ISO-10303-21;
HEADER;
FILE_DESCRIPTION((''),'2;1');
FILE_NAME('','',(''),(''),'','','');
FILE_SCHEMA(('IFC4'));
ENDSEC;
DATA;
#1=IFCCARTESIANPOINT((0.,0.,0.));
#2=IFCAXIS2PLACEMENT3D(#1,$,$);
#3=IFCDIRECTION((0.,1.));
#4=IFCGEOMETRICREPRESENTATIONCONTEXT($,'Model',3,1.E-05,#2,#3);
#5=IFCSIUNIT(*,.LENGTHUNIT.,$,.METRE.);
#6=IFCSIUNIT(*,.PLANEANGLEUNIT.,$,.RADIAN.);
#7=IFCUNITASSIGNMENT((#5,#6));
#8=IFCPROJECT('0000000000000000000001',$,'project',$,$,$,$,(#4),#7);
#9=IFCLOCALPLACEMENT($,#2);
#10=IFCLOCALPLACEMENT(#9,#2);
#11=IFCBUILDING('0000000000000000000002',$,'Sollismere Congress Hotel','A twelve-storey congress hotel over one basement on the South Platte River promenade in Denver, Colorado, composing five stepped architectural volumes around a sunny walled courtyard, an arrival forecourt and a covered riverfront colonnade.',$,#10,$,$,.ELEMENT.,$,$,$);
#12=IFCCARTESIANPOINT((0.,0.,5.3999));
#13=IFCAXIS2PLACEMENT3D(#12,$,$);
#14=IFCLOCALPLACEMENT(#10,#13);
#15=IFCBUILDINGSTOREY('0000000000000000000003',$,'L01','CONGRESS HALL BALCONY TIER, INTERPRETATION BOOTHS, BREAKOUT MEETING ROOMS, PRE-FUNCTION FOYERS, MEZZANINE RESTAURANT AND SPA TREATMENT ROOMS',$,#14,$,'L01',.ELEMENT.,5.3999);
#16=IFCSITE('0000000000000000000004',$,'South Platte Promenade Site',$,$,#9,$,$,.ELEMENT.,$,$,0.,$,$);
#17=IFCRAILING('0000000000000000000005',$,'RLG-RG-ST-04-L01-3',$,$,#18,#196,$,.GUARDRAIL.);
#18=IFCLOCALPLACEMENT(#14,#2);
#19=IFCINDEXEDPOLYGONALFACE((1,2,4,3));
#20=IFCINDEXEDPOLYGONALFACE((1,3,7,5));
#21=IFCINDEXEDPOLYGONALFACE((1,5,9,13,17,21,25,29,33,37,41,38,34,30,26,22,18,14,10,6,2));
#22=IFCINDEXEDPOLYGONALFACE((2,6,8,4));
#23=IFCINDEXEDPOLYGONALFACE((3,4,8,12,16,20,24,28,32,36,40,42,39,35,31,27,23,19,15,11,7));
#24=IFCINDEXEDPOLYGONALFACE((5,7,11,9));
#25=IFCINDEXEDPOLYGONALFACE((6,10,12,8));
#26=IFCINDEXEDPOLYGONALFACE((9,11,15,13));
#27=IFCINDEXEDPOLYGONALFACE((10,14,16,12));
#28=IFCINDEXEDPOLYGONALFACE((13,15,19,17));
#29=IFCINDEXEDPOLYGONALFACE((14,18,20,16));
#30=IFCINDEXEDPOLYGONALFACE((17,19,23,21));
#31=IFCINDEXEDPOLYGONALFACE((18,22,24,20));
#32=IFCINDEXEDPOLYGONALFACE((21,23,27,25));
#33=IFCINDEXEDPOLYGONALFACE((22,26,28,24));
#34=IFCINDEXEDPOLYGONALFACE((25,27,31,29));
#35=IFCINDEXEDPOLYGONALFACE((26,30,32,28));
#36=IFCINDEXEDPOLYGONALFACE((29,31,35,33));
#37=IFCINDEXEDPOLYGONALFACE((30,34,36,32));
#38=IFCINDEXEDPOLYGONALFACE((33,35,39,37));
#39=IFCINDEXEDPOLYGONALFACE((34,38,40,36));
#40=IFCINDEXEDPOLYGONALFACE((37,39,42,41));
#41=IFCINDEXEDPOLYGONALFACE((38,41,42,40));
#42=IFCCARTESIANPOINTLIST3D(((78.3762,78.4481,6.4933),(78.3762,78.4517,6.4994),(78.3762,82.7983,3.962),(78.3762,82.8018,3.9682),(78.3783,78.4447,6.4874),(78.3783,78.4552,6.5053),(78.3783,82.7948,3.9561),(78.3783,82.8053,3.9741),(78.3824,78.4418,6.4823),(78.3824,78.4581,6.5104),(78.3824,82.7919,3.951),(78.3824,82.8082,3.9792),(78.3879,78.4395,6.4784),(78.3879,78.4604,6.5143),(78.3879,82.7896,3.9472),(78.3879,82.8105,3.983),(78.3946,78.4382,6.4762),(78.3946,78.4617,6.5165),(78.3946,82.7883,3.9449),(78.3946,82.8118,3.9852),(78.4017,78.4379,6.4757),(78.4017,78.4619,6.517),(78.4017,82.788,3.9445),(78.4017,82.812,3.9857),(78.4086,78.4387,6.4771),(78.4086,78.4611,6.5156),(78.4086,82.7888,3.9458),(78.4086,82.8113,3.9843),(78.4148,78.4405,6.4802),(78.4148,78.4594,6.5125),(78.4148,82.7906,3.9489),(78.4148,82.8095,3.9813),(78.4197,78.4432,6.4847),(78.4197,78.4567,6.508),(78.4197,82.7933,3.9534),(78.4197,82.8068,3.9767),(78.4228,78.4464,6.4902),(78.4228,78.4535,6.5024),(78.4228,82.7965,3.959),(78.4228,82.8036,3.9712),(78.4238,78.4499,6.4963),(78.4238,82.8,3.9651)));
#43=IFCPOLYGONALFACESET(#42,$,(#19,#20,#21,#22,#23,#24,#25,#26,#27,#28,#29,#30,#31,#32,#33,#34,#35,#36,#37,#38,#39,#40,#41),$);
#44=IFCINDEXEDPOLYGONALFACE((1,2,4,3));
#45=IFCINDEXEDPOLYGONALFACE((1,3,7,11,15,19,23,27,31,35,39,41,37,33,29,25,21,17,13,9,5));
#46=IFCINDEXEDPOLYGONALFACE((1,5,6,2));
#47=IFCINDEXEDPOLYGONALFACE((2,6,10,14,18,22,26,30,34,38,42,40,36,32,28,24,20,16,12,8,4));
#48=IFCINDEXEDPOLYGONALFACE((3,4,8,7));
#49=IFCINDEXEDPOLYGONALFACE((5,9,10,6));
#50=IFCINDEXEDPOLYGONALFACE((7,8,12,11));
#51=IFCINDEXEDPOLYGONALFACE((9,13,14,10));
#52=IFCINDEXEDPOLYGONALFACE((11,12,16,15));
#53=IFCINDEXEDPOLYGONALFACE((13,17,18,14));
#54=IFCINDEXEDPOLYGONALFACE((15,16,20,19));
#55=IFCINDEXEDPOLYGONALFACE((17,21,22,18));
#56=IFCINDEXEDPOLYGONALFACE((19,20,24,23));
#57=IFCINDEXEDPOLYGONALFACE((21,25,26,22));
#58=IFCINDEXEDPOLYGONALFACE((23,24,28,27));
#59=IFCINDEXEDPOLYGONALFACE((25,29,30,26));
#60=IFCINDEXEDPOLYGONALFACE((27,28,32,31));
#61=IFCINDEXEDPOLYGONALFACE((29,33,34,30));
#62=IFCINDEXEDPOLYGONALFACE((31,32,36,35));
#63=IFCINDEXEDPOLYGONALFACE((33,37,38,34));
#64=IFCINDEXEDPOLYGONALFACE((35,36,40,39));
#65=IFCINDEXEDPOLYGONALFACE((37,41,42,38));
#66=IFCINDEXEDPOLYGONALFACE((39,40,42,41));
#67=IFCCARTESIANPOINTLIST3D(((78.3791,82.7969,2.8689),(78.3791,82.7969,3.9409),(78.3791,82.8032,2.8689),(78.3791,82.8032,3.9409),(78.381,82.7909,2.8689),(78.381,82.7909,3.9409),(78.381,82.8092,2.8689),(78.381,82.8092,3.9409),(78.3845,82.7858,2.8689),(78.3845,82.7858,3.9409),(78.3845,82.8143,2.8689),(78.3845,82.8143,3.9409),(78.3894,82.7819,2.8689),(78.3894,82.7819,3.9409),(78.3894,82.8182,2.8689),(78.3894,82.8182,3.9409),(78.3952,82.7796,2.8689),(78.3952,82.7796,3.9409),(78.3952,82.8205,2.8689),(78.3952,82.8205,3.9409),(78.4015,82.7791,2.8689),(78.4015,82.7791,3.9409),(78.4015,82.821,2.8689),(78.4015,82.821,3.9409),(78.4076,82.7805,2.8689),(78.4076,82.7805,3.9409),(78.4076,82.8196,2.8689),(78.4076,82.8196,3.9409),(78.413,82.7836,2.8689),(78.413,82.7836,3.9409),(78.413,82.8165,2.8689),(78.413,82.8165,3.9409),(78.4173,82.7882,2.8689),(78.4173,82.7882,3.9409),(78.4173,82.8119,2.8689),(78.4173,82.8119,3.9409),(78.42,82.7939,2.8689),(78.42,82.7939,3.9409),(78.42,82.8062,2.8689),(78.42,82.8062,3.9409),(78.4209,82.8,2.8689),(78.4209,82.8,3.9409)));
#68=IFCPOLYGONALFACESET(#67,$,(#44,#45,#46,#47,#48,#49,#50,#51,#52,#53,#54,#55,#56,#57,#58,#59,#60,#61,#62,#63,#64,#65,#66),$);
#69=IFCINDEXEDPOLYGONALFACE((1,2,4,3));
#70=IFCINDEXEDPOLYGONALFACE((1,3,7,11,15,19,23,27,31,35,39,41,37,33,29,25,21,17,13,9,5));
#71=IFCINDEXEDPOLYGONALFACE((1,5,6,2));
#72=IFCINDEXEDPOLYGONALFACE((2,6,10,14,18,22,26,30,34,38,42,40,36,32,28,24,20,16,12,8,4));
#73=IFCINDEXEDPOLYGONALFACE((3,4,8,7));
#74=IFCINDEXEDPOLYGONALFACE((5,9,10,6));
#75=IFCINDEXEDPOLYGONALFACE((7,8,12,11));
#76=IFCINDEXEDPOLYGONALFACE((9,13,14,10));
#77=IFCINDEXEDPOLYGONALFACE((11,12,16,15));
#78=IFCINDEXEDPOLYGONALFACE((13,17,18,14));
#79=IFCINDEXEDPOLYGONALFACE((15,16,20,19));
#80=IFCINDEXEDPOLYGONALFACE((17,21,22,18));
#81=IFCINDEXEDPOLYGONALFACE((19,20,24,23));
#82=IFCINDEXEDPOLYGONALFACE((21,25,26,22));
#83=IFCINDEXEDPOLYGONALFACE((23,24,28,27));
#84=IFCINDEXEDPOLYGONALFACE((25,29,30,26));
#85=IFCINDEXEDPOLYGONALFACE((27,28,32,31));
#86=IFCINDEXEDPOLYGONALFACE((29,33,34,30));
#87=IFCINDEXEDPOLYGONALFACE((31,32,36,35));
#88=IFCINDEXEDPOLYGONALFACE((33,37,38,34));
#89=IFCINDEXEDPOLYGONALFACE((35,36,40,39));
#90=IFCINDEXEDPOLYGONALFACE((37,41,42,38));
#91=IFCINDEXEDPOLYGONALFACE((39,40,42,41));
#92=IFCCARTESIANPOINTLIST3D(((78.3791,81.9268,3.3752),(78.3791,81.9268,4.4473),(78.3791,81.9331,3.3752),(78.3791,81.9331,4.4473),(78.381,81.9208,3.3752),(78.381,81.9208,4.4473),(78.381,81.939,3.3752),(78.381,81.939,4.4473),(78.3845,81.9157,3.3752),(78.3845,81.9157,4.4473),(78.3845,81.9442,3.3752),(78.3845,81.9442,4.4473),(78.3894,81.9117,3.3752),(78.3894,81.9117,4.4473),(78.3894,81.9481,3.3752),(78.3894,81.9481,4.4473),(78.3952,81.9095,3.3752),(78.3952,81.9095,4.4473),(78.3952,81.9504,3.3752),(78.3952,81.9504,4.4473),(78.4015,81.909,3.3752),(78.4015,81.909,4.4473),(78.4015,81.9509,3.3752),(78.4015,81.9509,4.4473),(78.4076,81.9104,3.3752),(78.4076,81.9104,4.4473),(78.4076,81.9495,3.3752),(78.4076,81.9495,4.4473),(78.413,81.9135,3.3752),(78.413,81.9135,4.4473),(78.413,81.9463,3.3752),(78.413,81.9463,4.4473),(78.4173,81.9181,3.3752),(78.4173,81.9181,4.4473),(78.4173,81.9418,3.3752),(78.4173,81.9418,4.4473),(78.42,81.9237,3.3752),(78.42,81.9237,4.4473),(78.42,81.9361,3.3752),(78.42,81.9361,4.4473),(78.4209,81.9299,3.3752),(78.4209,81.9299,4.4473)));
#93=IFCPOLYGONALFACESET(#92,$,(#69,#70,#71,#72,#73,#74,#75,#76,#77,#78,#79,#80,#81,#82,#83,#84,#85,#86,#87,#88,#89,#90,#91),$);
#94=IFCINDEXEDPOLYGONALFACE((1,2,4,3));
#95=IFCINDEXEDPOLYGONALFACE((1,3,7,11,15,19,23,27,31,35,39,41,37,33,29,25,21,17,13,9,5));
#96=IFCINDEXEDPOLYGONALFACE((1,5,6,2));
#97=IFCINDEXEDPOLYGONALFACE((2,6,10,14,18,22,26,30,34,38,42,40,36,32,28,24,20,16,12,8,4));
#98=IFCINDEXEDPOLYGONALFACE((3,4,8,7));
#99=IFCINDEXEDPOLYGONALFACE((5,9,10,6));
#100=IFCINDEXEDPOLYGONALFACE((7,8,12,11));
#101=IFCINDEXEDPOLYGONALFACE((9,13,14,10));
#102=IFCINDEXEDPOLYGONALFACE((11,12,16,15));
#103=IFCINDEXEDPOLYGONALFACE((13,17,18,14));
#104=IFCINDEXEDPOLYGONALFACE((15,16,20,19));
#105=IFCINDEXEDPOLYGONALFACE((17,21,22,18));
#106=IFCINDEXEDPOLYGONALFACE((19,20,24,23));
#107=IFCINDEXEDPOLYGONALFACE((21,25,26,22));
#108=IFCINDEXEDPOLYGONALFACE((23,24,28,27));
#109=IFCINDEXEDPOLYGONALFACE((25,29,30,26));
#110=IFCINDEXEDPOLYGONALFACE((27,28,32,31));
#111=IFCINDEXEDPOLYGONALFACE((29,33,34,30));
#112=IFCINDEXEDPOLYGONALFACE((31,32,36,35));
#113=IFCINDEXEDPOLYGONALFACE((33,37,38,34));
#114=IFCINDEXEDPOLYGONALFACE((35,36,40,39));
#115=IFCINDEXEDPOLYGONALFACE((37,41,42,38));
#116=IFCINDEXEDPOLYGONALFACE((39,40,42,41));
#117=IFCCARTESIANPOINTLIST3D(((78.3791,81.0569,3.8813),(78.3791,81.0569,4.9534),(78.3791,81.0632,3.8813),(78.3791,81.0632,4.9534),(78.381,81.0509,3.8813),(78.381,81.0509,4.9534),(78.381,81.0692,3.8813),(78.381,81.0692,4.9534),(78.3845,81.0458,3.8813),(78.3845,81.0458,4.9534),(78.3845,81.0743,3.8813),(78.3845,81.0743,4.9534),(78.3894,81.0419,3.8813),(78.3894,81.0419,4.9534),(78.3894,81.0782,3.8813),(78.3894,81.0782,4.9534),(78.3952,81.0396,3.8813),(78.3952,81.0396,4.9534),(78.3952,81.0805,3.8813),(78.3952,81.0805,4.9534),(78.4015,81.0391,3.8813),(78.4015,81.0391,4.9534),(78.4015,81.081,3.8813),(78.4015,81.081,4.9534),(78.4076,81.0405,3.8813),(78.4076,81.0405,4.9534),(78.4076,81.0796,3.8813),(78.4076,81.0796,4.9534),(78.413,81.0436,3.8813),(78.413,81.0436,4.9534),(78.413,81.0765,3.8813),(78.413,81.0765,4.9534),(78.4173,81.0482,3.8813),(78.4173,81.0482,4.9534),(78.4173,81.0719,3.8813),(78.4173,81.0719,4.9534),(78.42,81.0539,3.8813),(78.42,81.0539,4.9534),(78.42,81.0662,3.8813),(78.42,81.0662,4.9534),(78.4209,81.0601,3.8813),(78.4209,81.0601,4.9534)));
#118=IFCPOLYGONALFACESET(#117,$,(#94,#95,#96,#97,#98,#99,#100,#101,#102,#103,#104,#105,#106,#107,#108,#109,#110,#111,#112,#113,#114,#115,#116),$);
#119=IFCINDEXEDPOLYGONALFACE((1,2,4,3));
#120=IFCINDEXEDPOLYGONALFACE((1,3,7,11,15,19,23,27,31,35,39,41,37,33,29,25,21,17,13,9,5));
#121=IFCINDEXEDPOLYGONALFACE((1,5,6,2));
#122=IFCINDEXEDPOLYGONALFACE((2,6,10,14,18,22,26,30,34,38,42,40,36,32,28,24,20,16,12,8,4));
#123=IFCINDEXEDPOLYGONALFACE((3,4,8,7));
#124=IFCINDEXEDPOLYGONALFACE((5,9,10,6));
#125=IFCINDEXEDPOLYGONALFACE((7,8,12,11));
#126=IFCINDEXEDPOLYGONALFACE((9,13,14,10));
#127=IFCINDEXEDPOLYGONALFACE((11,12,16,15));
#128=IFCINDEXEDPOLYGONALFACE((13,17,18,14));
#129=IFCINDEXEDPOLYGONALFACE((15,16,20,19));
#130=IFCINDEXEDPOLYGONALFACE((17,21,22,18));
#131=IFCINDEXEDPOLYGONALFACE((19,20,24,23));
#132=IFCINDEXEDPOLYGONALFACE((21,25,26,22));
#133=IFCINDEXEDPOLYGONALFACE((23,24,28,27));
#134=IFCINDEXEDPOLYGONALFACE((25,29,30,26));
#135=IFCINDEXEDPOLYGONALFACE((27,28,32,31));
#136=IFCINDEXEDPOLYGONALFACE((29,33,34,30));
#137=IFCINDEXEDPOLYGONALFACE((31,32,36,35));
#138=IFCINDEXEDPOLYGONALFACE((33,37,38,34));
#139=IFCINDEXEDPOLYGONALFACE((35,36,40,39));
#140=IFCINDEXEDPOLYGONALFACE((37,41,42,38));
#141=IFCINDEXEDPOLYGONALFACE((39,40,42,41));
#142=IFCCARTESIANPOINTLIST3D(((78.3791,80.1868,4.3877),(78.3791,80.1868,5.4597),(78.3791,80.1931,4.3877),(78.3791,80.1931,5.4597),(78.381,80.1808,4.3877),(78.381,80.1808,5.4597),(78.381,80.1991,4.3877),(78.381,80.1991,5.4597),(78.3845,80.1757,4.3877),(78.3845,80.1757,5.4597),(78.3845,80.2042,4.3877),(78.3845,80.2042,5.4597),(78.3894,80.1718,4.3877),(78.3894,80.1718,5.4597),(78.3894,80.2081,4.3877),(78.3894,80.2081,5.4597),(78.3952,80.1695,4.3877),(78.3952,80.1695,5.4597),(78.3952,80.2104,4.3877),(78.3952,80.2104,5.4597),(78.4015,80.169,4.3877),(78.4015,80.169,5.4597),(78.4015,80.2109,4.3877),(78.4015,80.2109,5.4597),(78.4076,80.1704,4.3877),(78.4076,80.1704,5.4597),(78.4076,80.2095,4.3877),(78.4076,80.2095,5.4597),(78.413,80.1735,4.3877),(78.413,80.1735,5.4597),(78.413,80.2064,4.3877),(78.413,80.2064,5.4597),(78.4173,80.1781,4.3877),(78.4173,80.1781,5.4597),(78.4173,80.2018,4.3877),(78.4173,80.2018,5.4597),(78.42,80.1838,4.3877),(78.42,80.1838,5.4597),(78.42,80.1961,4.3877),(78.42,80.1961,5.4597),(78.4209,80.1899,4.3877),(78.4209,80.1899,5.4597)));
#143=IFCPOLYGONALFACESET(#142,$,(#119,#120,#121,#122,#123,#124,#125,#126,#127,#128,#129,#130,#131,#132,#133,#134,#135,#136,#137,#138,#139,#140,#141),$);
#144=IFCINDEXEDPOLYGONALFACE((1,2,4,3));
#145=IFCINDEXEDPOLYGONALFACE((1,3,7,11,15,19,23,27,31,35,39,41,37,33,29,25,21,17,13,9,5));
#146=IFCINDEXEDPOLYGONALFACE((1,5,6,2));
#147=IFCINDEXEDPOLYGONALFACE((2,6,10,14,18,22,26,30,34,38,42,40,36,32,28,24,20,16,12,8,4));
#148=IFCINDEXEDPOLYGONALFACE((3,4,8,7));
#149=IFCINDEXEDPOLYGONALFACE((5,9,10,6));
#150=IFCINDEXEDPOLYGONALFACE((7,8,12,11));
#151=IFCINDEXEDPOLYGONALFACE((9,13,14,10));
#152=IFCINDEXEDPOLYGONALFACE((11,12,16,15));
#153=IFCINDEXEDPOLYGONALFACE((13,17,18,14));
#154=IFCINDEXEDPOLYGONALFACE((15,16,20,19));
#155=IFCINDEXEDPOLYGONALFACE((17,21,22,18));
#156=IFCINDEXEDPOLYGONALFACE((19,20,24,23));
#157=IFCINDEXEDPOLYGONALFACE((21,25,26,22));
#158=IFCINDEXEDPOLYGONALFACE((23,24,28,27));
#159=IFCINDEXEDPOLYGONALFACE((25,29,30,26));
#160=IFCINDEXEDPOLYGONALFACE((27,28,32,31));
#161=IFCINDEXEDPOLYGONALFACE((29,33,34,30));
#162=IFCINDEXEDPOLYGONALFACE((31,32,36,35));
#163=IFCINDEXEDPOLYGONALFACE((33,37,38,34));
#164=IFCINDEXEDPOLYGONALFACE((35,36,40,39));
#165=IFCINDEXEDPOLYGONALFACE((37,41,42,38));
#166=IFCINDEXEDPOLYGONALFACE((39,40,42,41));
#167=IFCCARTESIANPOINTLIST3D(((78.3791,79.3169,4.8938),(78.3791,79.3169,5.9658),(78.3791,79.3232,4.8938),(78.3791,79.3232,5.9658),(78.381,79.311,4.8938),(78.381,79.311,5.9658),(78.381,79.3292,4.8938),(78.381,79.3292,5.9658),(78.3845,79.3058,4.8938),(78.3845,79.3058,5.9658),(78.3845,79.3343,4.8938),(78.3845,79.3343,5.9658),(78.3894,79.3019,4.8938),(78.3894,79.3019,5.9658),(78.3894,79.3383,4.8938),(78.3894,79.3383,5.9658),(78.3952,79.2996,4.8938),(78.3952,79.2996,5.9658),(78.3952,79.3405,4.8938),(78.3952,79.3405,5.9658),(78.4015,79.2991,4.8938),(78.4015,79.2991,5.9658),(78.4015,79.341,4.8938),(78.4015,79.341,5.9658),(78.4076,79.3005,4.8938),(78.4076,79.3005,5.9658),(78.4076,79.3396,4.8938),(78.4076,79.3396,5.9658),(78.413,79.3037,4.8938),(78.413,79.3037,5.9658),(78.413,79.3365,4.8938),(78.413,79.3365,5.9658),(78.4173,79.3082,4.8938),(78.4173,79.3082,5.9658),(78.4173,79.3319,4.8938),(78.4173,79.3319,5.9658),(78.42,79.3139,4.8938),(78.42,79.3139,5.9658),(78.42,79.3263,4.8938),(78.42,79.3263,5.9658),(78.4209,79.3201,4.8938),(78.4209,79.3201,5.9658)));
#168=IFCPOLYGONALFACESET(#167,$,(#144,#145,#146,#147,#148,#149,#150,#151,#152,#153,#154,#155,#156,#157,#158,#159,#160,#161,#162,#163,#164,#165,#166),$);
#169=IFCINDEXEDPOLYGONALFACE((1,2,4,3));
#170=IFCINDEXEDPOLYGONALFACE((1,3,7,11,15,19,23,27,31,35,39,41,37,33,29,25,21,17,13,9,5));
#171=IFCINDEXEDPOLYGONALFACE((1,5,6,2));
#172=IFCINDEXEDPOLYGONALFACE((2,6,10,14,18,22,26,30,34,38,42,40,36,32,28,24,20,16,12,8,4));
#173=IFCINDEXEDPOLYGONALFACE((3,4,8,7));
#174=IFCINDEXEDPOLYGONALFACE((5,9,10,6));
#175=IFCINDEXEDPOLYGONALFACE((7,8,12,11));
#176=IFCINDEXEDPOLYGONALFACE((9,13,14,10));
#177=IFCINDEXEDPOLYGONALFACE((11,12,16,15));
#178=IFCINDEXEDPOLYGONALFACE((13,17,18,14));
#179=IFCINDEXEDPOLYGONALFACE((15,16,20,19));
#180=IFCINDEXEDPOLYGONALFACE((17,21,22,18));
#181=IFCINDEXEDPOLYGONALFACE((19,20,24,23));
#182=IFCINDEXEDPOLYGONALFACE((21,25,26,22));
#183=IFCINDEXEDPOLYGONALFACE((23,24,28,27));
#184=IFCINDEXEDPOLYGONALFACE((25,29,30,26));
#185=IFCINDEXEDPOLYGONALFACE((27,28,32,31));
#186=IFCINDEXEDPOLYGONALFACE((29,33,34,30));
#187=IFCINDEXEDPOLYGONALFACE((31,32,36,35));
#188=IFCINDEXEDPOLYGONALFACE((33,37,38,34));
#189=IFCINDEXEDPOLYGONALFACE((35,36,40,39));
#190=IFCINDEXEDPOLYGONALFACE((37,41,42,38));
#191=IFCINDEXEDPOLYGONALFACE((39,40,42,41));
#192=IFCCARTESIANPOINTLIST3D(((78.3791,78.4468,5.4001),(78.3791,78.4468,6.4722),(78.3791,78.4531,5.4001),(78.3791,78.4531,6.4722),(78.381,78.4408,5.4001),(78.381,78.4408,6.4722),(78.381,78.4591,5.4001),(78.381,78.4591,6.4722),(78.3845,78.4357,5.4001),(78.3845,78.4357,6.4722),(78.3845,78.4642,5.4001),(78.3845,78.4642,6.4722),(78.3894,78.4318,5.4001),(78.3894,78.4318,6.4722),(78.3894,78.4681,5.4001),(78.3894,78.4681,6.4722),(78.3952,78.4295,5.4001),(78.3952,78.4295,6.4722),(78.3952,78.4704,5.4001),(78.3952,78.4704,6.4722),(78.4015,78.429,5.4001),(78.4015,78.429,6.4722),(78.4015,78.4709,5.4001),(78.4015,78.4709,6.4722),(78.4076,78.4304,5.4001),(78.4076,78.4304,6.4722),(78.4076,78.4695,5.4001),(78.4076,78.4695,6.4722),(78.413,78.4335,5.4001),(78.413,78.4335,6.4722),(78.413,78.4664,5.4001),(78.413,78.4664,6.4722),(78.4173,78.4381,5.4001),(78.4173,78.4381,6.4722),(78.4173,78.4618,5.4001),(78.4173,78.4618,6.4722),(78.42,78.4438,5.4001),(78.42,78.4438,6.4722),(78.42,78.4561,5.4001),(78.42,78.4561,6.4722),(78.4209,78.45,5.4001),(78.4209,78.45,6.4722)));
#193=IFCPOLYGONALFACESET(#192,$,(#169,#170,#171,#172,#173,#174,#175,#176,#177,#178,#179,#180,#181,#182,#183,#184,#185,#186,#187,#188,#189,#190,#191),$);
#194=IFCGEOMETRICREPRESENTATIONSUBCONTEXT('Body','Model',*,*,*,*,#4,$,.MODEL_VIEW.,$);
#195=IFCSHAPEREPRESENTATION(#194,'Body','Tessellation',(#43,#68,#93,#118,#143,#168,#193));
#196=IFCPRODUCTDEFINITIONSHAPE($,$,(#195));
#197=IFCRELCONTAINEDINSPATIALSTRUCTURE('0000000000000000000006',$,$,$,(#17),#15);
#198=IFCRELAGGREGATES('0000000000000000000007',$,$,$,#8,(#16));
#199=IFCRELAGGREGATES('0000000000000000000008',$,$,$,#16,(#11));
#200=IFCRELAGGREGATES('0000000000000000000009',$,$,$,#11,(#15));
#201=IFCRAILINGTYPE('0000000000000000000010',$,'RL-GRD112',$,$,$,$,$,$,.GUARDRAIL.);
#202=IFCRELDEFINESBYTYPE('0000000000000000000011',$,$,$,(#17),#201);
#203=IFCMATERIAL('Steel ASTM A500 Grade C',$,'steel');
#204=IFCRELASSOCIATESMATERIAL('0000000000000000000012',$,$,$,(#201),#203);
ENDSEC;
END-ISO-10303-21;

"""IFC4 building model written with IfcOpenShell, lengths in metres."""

from ifc_helpers import new_model, si_unit, direction, frame, origin, origin_2d, place, context, subcontext, project, spatial, circle, extrude, material, type_object, element, save


model = new_model("IFC4")

# Units and contexts
model_context = context("Model", 3, precision=1e-05, world=origin(), true_north=direction((0.0, 1.0)))
body_context = subcontext(model_context, "Body", "Model", "MODEL_VIEW")
ifc_project = project(units=[si_unit("LENGTHUNIT", "METRE"), si_unit("PLANEANGLEUNIT", "RADIAN")], contexts=[model_context])

# Site, building, storey
site_placement = place(None, origin())
site = spatial("IfcSite", under=ifc_project, at=site_placement, Name="South Platte Promenade Site", CompositionType="ELEMENT", RefElevation=0.0)
building_placement = place(site_placement, origin())
building = spatial("IfcBuilding", under=site, at=building_placement, Name="Sollismere Congress Hotel", Description="A twelve-storey congress hotel over one basement on the South Platte River promenade in Denver, Colorado, composing five stepped architectural volumes around a sunny walled courtyard, an arrival forecourt and a covered riverfront colonnade.", CompositionType="ELEMENT")
storey_placement = place(building_placement, frame((0.0, 0.0, 5.3999)))
storey = spatial("IfcBuildingStorey", under=building, at=storey_placement, Name="L01", Description="CONGRESS HALL BALCONY TIER, INTERPRETATION BOOTHS, BREAKOUT MEETING ROOMS, PRE-FUNCTION FOYERS, MEZZANINE RESTAURANT AND SPA TREATMENT ROOMS", LongName="L01", CompositionType="ELEMENT", Elevation=5.3999)

# Railing
ifc_material_1 = material(Name="Steel ASTM A500 Grade C", Category="steel")
railing_type_1 = type_object("IfcRailingType", Name="RL-GRD112", PredefinedType="GUARDRAIL", material=ifc_material_1)
railing_1_placement = place(storey_placement, frame((78.3999, 82.8, 2.8689)))
element("IfcRailing", 1, at=railing_1_placement, inside=storey, type_object=railing_type_1, Name="RLG-RG-ST-04-L01-3", PredefinedType="GUARDRAIL", context=body_context, shape_type="SweptSolid", body=[
    extrude(circle(Radius=0.0239, at=origin_2d()), frame((0.0, 0.0, 1.0962), z_axis=(0.0, -0.864324, 0.502936), x_axis=(1.0, 0.0, 0.0)), (0.0, 0.0, 1.0), 5.033),
    extrude(circle(Radius=0.021, at=origin_2d()), origin(), (0.0, 0.0, 1.0), 1.072),
    extrude(circle(Radius=0.021, at=origin_2d()), frame((0.0, -0.8701, 0.5063)), (0.0, 0.0, 1.0), 1.072),
    extrude(circle(Radius=0.021, at=origin_2d()), frame((0.0, -1.74, 1.0125)), (0.0, 0.0, 1.0), 1.072),
    extrude(circle(Radius=0.021, at=origin_2d()), frame((0.0, -2.6101, 1.5188)), (0.0, 0.0, 1.0), 1.072),
    extrude(circle(Radius=0.021, at=origin_2d()), frame((0.0, -3.48, 2.0249)), (0.0, 0.0, 1.0), 1.072),
    extrude(circle(Radius=0.021, at=origin_2d()), frame((0.0, -4.3501, 2.5312)), (0.0, 0.0, 1.0), 1.072),
])

save(model, "model.ifc")
